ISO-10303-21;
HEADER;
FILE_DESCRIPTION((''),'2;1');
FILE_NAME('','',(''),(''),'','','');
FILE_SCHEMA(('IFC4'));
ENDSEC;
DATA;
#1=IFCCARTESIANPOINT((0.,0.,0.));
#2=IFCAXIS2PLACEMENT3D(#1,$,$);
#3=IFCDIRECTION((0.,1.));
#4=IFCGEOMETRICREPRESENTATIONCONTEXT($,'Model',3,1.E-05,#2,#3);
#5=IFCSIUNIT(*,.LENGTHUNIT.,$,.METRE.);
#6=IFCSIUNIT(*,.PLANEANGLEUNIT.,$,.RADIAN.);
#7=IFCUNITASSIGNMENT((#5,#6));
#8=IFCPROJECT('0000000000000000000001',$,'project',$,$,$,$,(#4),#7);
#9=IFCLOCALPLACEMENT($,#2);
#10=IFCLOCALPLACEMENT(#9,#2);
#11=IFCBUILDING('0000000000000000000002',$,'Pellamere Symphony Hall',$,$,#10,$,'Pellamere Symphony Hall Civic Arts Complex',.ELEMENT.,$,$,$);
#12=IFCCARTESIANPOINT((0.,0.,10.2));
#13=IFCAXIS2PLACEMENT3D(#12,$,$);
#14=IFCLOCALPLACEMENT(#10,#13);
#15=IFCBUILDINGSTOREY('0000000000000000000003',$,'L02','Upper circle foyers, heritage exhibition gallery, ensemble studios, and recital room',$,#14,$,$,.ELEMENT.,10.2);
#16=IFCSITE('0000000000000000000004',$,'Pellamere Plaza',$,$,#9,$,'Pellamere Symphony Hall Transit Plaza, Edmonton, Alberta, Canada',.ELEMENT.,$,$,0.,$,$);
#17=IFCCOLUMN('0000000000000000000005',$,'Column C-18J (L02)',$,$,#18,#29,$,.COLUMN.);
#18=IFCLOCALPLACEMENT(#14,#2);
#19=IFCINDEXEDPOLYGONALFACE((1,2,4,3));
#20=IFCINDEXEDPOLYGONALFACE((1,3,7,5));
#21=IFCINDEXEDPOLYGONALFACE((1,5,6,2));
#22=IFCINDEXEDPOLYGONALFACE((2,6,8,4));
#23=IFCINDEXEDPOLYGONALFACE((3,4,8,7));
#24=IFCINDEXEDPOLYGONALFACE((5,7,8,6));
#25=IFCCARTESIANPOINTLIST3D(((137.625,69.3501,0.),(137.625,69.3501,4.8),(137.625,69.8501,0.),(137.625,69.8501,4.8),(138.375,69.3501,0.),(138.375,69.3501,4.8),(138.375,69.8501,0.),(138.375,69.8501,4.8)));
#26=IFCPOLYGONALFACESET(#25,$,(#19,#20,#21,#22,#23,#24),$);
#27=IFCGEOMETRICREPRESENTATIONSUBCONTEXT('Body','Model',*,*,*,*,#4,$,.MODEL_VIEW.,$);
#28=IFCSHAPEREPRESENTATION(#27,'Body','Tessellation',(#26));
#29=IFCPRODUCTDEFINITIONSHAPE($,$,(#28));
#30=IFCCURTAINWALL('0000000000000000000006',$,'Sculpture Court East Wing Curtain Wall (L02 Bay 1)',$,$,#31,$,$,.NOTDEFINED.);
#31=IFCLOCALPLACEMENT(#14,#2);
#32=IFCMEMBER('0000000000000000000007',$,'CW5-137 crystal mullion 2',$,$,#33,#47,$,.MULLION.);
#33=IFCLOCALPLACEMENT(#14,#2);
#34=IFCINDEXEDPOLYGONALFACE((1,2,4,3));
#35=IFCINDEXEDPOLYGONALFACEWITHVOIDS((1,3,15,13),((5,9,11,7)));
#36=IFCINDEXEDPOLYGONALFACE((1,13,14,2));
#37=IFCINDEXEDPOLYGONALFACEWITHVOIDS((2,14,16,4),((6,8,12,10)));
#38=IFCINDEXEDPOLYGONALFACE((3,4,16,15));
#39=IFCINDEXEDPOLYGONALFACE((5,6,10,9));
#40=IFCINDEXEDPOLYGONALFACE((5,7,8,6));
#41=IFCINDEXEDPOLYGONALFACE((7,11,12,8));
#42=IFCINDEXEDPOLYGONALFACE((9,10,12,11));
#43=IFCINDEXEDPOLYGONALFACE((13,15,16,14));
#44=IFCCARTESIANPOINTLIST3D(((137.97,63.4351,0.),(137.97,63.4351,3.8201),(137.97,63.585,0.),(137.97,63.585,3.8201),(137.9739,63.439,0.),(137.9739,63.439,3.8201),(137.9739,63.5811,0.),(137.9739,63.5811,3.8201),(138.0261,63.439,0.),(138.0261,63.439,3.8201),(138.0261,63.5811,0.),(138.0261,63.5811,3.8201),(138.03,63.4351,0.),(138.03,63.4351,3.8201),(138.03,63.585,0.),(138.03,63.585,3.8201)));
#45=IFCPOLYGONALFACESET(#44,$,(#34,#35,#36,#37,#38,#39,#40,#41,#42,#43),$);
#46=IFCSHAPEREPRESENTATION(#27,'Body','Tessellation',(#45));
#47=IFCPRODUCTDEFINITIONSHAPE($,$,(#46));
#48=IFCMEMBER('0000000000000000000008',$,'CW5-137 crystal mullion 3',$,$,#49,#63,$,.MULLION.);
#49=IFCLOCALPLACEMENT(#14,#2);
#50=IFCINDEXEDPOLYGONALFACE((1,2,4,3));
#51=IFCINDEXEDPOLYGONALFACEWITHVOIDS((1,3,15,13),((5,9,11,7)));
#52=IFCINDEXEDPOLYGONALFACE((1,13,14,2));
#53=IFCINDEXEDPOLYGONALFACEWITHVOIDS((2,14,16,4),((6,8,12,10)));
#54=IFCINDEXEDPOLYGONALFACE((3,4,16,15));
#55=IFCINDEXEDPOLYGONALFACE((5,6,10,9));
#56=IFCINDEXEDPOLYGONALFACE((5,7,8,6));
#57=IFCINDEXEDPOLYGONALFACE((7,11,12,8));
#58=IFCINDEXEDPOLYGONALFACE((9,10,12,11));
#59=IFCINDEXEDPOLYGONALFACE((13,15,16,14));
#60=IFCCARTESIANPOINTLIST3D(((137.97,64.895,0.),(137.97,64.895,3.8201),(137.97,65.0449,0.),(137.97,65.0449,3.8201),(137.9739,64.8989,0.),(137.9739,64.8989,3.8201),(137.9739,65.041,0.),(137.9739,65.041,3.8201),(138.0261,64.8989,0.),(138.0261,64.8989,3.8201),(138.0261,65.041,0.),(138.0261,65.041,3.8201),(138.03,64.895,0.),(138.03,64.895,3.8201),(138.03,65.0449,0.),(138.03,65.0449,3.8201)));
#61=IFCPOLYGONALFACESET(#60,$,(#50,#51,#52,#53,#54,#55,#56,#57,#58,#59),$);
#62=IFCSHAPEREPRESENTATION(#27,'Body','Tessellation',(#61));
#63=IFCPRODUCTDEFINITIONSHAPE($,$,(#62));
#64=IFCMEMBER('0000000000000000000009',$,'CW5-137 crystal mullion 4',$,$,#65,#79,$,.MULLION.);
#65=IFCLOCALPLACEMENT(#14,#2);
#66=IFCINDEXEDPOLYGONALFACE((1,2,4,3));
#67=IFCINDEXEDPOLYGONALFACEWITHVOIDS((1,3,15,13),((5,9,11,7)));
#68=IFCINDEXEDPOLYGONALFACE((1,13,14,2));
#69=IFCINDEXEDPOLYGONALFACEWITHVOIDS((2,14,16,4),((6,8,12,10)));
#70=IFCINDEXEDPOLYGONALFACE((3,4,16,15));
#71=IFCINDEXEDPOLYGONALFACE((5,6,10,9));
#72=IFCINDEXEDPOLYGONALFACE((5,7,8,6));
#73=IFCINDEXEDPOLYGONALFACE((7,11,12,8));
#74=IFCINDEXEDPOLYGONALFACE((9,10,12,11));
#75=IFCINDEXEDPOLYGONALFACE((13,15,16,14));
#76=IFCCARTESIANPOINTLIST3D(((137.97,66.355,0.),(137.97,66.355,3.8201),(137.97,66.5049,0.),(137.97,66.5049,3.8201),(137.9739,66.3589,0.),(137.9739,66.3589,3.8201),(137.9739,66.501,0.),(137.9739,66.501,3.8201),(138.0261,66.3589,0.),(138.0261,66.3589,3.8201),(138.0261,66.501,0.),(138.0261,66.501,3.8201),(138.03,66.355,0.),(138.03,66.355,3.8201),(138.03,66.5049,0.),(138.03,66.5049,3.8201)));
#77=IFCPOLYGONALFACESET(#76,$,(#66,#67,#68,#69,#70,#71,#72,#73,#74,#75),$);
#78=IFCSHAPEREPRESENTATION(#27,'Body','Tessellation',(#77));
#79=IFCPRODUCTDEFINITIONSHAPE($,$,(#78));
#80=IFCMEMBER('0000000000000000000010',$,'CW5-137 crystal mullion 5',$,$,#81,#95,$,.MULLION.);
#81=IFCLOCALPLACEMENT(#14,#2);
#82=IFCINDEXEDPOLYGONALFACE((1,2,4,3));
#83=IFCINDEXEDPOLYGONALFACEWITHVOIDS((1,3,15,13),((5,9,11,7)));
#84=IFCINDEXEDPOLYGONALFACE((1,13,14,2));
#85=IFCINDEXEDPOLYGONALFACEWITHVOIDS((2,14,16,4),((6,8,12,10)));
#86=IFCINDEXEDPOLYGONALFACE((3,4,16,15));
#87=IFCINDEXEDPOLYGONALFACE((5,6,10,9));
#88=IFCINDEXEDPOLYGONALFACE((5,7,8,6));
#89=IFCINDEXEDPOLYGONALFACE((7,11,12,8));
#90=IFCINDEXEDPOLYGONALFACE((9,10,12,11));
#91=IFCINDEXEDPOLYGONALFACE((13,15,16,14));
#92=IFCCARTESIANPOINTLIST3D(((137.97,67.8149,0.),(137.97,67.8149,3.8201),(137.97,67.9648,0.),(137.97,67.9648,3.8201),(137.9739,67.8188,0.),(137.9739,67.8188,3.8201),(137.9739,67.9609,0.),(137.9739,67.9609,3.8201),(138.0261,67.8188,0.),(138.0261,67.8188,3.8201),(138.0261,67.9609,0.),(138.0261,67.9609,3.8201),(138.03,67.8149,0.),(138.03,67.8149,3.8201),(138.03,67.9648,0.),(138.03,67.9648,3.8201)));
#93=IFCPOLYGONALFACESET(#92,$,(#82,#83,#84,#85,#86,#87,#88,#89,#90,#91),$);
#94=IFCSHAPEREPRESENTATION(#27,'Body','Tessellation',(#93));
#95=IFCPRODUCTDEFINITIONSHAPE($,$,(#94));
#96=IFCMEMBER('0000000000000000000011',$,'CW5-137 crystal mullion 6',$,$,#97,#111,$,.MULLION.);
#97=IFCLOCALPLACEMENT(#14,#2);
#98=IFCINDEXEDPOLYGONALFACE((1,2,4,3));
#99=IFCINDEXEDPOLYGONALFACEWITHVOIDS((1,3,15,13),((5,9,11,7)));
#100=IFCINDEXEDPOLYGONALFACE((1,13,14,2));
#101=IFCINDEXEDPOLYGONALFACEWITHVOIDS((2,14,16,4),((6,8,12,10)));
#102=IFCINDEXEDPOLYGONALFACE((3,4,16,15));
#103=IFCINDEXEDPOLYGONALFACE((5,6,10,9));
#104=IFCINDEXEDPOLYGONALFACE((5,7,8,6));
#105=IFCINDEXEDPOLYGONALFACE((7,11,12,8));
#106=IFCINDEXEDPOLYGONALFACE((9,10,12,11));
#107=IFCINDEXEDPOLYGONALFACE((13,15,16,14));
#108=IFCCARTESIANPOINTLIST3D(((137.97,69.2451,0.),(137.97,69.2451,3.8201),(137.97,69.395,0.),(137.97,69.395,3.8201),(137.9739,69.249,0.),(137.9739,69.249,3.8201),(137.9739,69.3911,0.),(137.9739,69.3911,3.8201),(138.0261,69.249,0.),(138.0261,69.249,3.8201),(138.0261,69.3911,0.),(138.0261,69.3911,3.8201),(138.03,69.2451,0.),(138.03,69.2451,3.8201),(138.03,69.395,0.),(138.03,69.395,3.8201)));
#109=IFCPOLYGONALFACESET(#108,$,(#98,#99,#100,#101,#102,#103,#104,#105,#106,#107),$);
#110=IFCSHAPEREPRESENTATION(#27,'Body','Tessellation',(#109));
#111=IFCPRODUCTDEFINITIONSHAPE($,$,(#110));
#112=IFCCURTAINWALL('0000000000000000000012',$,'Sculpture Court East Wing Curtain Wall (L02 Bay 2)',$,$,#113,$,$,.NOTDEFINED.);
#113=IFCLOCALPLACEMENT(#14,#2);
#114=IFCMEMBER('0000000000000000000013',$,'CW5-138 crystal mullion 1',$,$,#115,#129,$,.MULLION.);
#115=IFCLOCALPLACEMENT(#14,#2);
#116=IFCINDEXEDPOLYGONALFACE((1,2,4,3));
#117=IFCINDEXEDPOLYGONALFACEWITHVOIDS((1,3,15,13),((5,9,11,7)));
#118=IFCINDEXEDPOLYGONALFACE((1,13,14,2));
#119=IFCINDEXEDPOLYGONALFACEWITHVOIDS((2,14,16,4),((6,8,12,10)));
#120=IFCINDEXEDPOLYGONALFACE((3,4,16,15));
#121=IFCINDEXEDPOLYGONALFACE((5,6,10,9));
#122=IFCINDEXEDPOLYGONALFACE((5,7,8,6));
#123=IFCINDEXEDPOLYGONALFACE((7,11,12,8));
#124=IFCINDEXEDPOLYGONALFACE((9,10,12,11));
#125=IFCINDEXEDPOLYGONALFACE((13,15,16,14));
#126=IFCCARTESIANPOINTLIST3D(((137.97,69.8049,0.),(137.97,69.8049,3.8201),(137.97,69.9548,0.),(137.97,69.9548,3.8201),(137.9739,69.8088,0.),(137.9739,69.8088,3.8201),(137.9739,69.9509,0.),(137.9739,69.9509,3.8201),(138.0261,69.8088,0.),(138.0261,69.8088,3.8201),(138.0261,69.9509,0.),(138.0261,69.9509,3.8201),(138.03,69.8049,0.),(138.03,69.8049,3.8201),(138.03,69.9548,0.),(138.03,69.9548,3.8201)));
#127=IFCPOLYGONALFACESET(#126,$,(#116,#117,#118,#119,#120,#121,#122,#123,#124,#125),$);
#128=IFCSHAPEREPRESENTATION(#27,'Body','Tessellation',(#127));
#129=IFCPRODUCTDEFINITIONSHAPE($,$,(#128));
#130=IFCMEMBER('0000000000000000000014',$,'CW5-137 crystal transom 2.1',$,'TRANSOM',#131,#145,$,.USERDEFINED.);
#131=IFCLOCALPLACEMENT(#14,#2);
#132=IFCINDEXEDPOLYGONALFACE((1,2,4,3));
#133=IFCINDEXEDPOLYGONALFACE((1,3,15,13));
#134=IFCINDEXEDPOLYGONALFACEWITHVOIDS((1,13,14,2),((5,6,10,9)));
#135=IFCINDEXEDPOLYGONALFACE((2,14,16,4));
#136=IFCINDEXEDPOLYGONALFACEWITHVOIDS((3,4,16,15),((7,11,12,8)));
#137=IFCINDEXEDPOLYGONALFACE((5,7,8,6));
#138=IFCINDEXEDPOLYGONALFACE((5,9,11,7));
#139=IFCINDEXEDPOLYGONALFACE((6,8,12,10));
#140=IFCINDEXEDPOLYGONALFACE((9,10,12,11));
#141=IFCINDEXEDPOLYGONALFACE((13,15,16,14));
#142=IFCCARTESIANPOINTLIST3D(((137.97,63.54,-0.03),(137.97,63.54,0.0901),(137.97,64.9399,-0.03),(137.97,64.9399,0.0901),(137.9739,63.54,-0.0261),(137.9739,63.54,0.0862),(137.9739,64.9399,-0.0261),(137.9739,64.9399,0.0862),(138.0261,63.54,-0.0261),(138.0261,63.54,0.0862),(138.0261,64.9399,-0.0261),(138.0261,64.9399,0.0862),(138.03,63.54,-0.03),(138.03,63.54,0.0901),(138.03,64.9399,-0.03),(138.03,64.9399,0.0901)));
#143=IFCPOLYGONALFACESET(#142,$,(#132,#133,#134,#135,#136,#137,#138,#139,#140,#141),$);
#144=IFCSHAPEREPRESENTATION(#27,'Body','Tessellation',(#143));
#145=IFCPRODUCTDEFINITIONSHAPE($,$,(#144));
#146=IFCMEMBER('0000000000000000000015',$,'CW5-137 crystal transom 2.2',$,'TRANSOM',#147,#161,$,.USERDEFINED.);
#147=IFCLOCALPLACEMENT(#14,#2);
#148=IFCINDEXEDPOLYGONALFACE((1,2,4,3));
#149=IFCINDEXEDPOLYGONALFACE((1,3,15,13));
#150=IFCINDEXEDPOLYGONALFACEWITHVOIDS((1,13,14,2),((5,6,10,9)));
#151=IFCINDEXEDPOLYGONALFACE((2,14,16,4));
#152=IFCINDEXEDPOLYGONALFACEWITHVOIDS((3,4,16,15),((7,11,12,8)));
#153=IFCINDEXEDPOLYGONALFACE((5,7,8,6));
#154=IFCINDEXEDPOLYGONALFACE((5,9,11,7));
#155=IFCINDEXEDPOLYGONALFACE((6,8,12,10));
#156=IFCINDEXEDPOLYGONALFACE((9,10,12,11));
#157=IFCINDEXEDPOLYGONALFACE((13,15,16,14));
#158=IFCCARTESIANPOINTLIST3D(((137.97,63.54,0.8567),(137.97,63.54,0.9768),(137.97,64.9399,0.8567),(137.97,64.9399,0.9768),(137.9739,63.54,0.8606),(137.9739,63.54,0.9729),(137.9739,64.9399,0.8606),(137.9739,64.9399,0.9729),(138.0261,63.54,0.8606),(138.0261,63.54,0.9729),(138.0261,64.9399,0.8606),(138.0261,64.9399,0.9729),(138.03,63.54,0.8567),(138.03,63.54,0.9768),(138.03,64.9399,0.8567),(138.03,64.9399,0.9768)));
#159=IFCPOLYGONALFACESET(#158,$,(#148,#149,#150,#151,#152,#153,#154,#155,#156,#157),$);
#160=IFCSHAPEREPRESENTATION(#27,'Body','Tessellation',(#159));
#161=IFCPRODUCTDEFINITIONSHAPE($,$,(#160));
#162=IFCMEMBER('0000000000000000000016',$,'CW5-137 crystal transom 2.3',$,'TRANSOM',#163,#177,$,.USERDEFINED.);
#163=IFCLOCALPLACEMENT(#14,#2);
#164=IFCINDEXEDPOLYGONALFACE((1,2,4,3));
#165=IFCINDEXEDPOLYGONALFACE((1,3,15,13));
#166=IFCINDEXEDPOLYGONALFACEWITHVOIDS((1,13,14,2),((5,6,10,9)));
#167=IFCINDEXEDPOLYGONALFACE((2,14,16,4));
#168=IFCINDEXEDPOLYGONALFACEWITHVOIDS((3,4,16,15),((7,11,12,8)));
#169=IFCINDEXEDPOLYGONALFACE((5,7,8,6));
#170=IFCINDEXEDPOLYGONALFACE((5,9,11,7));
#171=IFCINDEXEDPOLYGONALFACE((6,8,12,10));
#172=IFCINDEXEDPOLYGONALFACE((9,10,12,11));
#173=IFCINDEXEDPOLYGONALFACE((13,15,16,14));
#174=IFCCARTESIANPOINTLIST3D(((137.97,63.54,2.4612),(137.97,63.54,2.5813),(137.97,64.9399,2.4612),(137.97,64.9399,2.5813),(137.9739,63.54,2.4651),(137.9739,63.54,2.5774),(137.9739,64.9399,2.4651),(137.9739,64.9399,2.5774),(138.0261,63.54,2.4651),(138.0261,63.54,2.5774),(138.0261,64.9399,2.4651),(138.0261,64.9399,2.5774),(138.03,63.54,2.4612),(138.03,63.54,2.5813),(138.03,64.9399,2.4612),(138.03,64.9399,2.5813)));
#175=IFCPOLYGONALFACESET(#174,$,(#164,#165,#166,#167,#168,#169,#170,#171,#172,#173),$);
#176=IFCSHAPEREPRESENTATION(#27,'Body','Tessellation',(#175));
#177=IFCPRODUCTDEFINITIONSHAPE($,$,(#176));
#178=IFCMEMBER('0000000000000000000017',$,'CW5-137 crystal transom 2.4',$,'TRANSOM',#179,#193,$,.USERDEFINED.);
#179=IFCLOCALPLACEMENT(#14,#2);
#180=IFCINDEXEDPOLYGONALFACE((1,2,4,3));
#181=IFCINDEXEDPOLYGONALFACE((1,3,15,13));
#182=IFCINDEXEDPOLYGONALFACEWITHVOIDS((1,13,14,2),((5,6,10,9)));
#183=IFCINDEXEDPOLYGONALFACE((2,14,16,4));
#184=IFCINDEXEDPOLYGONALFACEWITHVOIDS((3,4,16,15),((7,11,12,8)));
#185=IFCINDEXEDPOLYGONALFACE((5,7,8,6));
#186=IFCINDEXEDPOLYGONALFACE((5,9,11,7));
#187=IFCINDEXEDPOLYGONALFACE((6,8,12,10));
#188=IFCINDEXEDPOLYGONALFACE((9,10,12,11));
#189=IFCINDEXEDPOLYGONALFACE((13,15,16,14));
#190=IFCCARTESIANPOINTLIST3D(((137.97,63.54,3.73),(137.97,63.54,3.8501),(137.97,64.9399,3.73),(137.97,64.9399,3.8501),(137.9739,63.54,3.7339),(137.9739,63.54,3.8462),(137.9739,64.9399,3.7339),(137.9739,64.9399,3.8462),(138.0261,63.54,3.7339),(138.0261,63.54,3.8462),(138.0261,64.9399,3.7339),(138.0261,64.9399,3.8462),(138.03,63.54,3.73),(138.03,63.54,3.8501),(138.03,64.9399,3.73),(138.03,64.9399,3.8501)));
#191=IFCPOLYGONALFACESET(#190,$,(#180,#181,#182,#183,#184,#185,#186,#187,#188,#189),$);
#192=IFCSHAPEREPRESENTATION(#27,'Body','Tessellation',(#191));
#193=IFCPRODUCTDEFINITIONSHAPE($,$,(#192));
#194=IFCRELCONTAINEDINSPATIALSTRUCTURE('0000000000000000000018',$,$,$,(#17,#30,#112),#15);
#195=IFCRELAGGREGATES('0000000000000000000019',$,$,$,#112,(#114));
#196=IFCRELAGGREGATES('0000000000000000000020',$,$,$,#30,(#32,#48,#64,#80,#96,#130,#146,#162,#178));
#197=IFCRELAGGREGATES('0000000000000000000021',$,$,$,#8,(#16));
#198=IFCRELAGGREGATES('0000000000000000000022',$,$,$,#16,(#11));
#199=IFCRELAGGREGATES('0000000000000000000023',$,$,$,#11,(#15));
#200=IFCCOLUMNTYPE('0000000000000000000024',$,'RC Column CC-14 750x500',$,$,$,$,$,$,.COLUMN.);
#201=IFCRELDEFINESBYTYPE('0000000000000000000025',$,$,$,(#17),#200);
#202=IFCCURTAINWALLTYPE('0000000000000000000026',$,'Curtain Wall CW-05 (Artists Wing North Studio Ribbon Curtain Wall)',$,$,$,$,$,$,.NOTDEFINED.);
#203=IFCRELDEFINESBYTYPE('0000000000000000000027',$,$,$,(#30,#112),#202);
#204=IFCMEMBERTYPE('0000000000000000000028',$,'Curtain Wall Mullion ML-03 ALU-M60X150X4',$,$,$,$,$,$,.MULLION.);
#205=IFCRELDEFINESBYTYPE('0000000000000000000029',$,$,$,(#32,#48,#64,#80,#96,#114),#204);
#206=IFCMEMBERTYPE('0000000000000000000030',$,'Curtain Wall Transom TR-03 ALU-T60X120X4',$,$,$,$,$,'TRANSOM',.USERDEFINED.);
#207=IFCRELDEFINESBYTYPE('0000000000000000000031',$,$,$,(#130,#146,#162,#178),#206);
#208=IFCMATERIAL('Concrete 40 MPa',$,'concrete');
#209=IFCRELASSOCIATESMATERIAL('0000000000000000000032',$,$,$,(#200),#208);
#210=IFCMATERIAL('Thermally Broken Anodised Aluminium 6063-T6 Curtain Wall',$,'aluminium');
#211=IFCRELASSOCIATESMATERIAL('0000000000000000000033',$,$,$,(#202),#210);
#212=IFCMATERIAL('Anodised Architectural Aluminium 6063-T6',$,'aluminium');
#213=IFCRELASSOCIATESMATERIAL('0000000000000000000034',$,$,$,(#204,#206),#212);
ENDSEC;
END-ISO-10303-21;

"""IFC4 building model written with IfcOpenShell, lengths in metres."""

from ifc_helpers import new_model, si_unit, direction, frame, origin, origin_2d, place, context, subcontext, project, spatial, rectangle, hollow_rectangle, extrude, material, material_profile, profile_set, type_object, element, aggregate, save


model = new_model("IFC4")

# Units and contexts
model_context = context("Model", 3, precision=1e-05, world=origin(), true_north=direction((0.0, 1.0)))
body_context = subcontext(model_context, "Body", "Model", "MODEL_VIEW")
ifc_project = project(units=[si_unit("LENGTHUNIT", "METRE"), si_unit("PLANEANGLEUNIT", "RADIAN")], contexts=[model_context])

# Site, building, storey
site_placement = place(None, origin())
site = spatial("IfcSite", under=ifc_project, at=site_placement, Name="Pellamere Plaza", LongName="Pellamere Symphony Hall Transit Plaza, Edmonton, Alberta, Canada", CompositionType="ELEMENT", RefElevation=0.0)
building_placement = place(site_placement, origin())
building = spatial("IfcBuilding", under=site, at=building_placement, Name="Pellamere Symphony Hall", LongName="Pellamere Symphony Hall Civic Arts Complex", CompositionType="ELEMENT")
storey_placement = place(building_placement, frame((0.0, 0.0, 10.2)))
storey = spatial("IfcBuildingStorey", under=building, at=storey_placement, Name="L02", Description="Upper circle foyers, heritage exhibition gallery, ensemble studios, and recital room", CompositionType="ELEMENT", Elevation=10.2)

# Column
ifc_material_1 = material(Name="Concrete 40 MPa", Category="concrete")
ifc_material_profile_1 = material_profile(ifc_material_1, rectangle(XDim=0.75, YDim=0.5, at=origin_2d()), Name="RC 750x500")
ifc_profile_set_1 = profile_set([ifc_material_profile_1], Name="Concrete 40 MPa")
column_type = type_object("IfcColumnType", Name="RC Column CC-14 750x500", PredefinedType="COLUMN", material=ifc_profile_set_1)
column_placement = place(storey_placement, frame((138.0, 69.6001, 0.0), z_axis=(0.0, 0.0, 1.0), x_axis=(1.0, 0.0, 0.0)))
element("IfcColumn", 1, at=column_placement, inside=storey, type_object=column_type, Name="Column C-18J (L02)", PredefinedType="COLUMN", context=body_context, shape_type="SweptSolid", body=[
    extrude(rectangle(XDim=0.75, YDim=0.5, at=origin_2d()), origin(), (0.0, 0.0, 1.0), 4.8),
])

# Curtain wall, members
ifc_material_2 = material(Name="Thermally Broken Anodised Aluminium 6063-T6 Curtain Wall", Category="aluminium")
curtain_wall_type = type_object("IfcCurtainWallType", Name="Curtain Wall CW-05 (Artists Wing North Studio Ribbon Curtain Wall)", PredefinedType="NOTDEFINED", material=ifc_material_2)
curtain_wall_1_placement = place(storey_placement, origin())
curtain_wall_1 = element("IfcCurtainWall", 2, at=curtain_wall_1_placement, inside=storey, type_object=curtain_wall_type, Name="Sculpture Court East Wing Curtain Wall (L02 Bay 1)", PredefinedType="NOTDEFINED")
ifc_material_3 = material(Name="Anodised Architectural Aluminium 6063-T6", Category="aluminium")
ifc_material_profile_2 = material_profile(ifc_material_3, hollow_rectangle(XDim=0.0601, YDim=0.1499, WallThickness=0.0039, at=origin_2d()), Name="ALU-M60X150X4")
ifc_profile_set_2 = profile_set([ifc_material_profile_2], Name="Anodised Architectural Aluminium 6063-T6")
member_type_1 = type_object("IfcMemberType", Name="Curtain Wall Mullion ML-03 ALU-M60X150X4", PredefinedType="MULLION", material=ifc_profile_set_2)
member_1_placement = place(storey_placement, frame((138.0, 63.51, 0.0), z_axis=(0.0, 0.0, 1.0), x_axis=(-1.0, 0.0, 0.0)))
member_1 = element("IfcMember", 3, at=member_1_placement, type_object=member_type_1, Name="CW5-137 crystal mullion 2", PredefinedType="MULLION", context=body_context, shape_type="SweptSolid", body=[
    extrude(hollow_rectangle(XDim=0.0601, YDim=0.1499, WallThickness=0.0039, at=origin_2d()), origin(), (0.0, 0.0, 1.0), 3.8201),
])
member_2_placement = place(storey_placement, frame((138.0, 64.97, 0.0), z_axis=(0.0, 0.0, 1.0), x_axis=(-1.0, 0.0, 0.0)))
member_2 = element("IfcMember", 4, at=member_2_placement, type_object=member_type_1, Name="CW5-137 crystal mullion 3", PredefinedType="MULLION", context=body_context, shape_type="SweptSolid", body=[
    extrude(hollow_rectangle(XDim=0.0601, YDim=0.1499, WallThickness=0.0039, at=origin_2d()), origin(), (0.0, 0.0, 1.0), 3.8201),
])
member_3_placement = place(storey_placement, frame((138.0, 66.4299, 0.0), z_axis=(0.0, 0.0, 1.0), x_axis=(-1.0, 0.0, 0.0)))
member_3 = element("IfcMember", 5, at=member_3_placement, type_object=member_type_1, Name="CW5-137 crystal mullion 4", PredefinedType="MULLION", context=body_context, shape_type="SweptSolid", body=[
    extrude(hollow_rectangle(XDim=0.0601, YDim=0.1499, WallThickness=0.0039, at=origin_2d()), origin(), (0.0, 0.0, 1.0), 3.8201),
])
member_4_placement = place(storey_placement, frame((138.0, 67.8899, 0.0), z_axis=(0.0, 0.0, 1.0), x_axis=(-1.0, 0.0, 0.0)))
member_4 = element("IfcMember", 6, at=member_4_placement, type_object=member_type_1, Name="CW5-137 crystal mullion 5", PredefinedType="MULLION", context=body_context, shape_type="SweptSolid", body=[
    extrude(hollow_rectangle(XDim=0.0601, YDim=0.1499, WallThickness=0.0039, at=origin_2d()), origin(), (0.0, 0.0, 1.0), 3.8201),
])
member_5_placement = place(storey_placement, frame((138.0, 69.3201, 0.0), z_axis=(0.0, 0.0, 1.0), x_axis=(-1.0, 0.0, 0.0)))
member_5 = element("IfcMember", 7, at=member_5_placement, type_object=member_type_1, Name="CW5-137 crystal mullion 6", PredefinedType="MULLION", context=body_context, shape_type="SweptSolid", body=[
    extrude(hollow_rectangle(XDim=0.0601, YDim=0.1499, WallThickness=0.0039, at=origin_2d()), origin(), (0.0, 0.0, 1.0), 3.8201),
])

# Curtain wall, member
curtain_wall_2_placement = place(storey_placement, origin())
curtain_wall_2 = element("IfcCurtainWall", 8, at=curtain_wall_2_placement, inside=storey, type_object=curtain_wall_type, Name="Sculpture Court East Wing Curtain Wall (L02 Bay 2)", PredefinedType="NOTDEFINED")
member_6_placement = place(storey_placement, frame((138.0, 69.8799, 0.0), z_axis=(0.0, 0.0, 1.0), x_axis=(-1.0, 0.0, 0.0)))
member_6 = element("IfcMember", 9, at=member_6_placement, type_object=member_type_1, Name="CW5-138 crystal mullion 1", PredefinedType="MULLION", context=body_context, shape_type="SweptSolid", body=[
    extrude(hollow_rectangle(XDim=0.0601, YDim=0.1499, WallThickness=0.0039, at=origin_2d()), origin(), (0.0, 0.0, 1.0), 3.8201),
])

# Members
ifc_material_profile_3 = material_profile(ifc_material_3, hollow_rectangle(XDim=0.0601, YDim=0.1201, WallThickness=0.0039, at=origin_2d()), Name="ALU-T60X120X4")
ifc_profile_set_3 = profile_set([ifc_material_profile_3], Name="Anodised Architectural Aluminium 6063-T6")
member_type_2 = type_object("IfcMemberType", Name="Curtain Wall Transom TR-03 ALU-T60X120X4", ElementType="TRANSOM", PredefinedType="USERDEFINED", material=ifc_profile_set_3)
member_7_placement = place(storey_placement, frame((138.0, 63.54, 0.03), z_axis=(0.0, 1.0, 0.0), x_axis=(-1.0, 0.0, 0.0)))
member_7 = element("IfcMember", 10, at=member_7_placement, type_object=member_type_2, Name="CW5-137 crystal transom 2.1", ObjectType="TRANSOM", PredefinedType="USERDEFINED", context=body_context, shape_type="SweptSolid", body=[
    extrude(hollow_rectangle(XDim=0.0601, YDim=0.1201, WallThickness=0.0039, at=origin_2d()), origin(), (0.0, 0.0, 1.0), 1.3999),
])
member_8_placement = place(storey_placement, frame((138.0, 63.54, 0.9167), z_axis=(0.0, 1.0, 0.0), x_axis=(-1.0, 0.0, 0.0)))
member_8 = element("IfcMember", 11, at=member_8_placement, type_object=member_type_2, Name="CW5-137 crystal transom 2.2", ObjectType="TRANSOM", PredefinedType="USERDEFINED", context=body_context, shape_type="SweptSolid", body=[
    extrude(hollow_rectangle(XDim=0.0601, YDim=0.1201, WallThickness=0.0039, at=origin_2d()), origin(), (0.0, 0.0, 1.0), 1.3999),
])
member_9_placement = place(storey_placement, frame((138.0, 63.54, 2.5212), z_axis=(0.0, 1.0, 0.0), x_axis=(-1.0, 0.0, 0.0)))
member_9 = element("IfcMember", 12, at=member_9_placement, type_object=member_type_2, Name="CW5-137 crystal transom 2.3", ObjectType="TRANSOM", PredefinedType="USERDEFINED", context=body_context, shape_type="SweptSolid", body=[
    extrude(hollow_rectangle(XDim=0.0601, YDim=0.1201, WallThickness=0.0039, at=origin_2d()), origin(), (0.0, 0.0, 1.0), 1.3999),
])
member_10_placement = place(storey_placement, frame((138.0, 63.54, 3.79), z_axis=(0.0, 1.0, 0.0), x_axis=(-1.0, 0.0, 0.0)))
member_10 = element("IfcMember", 13, at=member_10_placement, type_object=member_type_2, Name="CW5-137 crystal transom 2.4", ObjectType="TRANSOM", PredefinedType="USERDEFINED", context=body_context, shape_type="SweptSolid", body=[
    extrude(hollow_rectangle(XDim=0.0601, YDim=0.1201, WallThickness=0.0039, at=origin_2d()), origin(), (0.0, 0.0, 1.0), 1.3999),
])
aggregate(curtain_wall_2, [member_6])

aggregate(curtain_wall_1, [member_1, member_2, member_3, member_4, member_5, member_7, member_8, member_9, member_10])

save(model, "model.ifc")
